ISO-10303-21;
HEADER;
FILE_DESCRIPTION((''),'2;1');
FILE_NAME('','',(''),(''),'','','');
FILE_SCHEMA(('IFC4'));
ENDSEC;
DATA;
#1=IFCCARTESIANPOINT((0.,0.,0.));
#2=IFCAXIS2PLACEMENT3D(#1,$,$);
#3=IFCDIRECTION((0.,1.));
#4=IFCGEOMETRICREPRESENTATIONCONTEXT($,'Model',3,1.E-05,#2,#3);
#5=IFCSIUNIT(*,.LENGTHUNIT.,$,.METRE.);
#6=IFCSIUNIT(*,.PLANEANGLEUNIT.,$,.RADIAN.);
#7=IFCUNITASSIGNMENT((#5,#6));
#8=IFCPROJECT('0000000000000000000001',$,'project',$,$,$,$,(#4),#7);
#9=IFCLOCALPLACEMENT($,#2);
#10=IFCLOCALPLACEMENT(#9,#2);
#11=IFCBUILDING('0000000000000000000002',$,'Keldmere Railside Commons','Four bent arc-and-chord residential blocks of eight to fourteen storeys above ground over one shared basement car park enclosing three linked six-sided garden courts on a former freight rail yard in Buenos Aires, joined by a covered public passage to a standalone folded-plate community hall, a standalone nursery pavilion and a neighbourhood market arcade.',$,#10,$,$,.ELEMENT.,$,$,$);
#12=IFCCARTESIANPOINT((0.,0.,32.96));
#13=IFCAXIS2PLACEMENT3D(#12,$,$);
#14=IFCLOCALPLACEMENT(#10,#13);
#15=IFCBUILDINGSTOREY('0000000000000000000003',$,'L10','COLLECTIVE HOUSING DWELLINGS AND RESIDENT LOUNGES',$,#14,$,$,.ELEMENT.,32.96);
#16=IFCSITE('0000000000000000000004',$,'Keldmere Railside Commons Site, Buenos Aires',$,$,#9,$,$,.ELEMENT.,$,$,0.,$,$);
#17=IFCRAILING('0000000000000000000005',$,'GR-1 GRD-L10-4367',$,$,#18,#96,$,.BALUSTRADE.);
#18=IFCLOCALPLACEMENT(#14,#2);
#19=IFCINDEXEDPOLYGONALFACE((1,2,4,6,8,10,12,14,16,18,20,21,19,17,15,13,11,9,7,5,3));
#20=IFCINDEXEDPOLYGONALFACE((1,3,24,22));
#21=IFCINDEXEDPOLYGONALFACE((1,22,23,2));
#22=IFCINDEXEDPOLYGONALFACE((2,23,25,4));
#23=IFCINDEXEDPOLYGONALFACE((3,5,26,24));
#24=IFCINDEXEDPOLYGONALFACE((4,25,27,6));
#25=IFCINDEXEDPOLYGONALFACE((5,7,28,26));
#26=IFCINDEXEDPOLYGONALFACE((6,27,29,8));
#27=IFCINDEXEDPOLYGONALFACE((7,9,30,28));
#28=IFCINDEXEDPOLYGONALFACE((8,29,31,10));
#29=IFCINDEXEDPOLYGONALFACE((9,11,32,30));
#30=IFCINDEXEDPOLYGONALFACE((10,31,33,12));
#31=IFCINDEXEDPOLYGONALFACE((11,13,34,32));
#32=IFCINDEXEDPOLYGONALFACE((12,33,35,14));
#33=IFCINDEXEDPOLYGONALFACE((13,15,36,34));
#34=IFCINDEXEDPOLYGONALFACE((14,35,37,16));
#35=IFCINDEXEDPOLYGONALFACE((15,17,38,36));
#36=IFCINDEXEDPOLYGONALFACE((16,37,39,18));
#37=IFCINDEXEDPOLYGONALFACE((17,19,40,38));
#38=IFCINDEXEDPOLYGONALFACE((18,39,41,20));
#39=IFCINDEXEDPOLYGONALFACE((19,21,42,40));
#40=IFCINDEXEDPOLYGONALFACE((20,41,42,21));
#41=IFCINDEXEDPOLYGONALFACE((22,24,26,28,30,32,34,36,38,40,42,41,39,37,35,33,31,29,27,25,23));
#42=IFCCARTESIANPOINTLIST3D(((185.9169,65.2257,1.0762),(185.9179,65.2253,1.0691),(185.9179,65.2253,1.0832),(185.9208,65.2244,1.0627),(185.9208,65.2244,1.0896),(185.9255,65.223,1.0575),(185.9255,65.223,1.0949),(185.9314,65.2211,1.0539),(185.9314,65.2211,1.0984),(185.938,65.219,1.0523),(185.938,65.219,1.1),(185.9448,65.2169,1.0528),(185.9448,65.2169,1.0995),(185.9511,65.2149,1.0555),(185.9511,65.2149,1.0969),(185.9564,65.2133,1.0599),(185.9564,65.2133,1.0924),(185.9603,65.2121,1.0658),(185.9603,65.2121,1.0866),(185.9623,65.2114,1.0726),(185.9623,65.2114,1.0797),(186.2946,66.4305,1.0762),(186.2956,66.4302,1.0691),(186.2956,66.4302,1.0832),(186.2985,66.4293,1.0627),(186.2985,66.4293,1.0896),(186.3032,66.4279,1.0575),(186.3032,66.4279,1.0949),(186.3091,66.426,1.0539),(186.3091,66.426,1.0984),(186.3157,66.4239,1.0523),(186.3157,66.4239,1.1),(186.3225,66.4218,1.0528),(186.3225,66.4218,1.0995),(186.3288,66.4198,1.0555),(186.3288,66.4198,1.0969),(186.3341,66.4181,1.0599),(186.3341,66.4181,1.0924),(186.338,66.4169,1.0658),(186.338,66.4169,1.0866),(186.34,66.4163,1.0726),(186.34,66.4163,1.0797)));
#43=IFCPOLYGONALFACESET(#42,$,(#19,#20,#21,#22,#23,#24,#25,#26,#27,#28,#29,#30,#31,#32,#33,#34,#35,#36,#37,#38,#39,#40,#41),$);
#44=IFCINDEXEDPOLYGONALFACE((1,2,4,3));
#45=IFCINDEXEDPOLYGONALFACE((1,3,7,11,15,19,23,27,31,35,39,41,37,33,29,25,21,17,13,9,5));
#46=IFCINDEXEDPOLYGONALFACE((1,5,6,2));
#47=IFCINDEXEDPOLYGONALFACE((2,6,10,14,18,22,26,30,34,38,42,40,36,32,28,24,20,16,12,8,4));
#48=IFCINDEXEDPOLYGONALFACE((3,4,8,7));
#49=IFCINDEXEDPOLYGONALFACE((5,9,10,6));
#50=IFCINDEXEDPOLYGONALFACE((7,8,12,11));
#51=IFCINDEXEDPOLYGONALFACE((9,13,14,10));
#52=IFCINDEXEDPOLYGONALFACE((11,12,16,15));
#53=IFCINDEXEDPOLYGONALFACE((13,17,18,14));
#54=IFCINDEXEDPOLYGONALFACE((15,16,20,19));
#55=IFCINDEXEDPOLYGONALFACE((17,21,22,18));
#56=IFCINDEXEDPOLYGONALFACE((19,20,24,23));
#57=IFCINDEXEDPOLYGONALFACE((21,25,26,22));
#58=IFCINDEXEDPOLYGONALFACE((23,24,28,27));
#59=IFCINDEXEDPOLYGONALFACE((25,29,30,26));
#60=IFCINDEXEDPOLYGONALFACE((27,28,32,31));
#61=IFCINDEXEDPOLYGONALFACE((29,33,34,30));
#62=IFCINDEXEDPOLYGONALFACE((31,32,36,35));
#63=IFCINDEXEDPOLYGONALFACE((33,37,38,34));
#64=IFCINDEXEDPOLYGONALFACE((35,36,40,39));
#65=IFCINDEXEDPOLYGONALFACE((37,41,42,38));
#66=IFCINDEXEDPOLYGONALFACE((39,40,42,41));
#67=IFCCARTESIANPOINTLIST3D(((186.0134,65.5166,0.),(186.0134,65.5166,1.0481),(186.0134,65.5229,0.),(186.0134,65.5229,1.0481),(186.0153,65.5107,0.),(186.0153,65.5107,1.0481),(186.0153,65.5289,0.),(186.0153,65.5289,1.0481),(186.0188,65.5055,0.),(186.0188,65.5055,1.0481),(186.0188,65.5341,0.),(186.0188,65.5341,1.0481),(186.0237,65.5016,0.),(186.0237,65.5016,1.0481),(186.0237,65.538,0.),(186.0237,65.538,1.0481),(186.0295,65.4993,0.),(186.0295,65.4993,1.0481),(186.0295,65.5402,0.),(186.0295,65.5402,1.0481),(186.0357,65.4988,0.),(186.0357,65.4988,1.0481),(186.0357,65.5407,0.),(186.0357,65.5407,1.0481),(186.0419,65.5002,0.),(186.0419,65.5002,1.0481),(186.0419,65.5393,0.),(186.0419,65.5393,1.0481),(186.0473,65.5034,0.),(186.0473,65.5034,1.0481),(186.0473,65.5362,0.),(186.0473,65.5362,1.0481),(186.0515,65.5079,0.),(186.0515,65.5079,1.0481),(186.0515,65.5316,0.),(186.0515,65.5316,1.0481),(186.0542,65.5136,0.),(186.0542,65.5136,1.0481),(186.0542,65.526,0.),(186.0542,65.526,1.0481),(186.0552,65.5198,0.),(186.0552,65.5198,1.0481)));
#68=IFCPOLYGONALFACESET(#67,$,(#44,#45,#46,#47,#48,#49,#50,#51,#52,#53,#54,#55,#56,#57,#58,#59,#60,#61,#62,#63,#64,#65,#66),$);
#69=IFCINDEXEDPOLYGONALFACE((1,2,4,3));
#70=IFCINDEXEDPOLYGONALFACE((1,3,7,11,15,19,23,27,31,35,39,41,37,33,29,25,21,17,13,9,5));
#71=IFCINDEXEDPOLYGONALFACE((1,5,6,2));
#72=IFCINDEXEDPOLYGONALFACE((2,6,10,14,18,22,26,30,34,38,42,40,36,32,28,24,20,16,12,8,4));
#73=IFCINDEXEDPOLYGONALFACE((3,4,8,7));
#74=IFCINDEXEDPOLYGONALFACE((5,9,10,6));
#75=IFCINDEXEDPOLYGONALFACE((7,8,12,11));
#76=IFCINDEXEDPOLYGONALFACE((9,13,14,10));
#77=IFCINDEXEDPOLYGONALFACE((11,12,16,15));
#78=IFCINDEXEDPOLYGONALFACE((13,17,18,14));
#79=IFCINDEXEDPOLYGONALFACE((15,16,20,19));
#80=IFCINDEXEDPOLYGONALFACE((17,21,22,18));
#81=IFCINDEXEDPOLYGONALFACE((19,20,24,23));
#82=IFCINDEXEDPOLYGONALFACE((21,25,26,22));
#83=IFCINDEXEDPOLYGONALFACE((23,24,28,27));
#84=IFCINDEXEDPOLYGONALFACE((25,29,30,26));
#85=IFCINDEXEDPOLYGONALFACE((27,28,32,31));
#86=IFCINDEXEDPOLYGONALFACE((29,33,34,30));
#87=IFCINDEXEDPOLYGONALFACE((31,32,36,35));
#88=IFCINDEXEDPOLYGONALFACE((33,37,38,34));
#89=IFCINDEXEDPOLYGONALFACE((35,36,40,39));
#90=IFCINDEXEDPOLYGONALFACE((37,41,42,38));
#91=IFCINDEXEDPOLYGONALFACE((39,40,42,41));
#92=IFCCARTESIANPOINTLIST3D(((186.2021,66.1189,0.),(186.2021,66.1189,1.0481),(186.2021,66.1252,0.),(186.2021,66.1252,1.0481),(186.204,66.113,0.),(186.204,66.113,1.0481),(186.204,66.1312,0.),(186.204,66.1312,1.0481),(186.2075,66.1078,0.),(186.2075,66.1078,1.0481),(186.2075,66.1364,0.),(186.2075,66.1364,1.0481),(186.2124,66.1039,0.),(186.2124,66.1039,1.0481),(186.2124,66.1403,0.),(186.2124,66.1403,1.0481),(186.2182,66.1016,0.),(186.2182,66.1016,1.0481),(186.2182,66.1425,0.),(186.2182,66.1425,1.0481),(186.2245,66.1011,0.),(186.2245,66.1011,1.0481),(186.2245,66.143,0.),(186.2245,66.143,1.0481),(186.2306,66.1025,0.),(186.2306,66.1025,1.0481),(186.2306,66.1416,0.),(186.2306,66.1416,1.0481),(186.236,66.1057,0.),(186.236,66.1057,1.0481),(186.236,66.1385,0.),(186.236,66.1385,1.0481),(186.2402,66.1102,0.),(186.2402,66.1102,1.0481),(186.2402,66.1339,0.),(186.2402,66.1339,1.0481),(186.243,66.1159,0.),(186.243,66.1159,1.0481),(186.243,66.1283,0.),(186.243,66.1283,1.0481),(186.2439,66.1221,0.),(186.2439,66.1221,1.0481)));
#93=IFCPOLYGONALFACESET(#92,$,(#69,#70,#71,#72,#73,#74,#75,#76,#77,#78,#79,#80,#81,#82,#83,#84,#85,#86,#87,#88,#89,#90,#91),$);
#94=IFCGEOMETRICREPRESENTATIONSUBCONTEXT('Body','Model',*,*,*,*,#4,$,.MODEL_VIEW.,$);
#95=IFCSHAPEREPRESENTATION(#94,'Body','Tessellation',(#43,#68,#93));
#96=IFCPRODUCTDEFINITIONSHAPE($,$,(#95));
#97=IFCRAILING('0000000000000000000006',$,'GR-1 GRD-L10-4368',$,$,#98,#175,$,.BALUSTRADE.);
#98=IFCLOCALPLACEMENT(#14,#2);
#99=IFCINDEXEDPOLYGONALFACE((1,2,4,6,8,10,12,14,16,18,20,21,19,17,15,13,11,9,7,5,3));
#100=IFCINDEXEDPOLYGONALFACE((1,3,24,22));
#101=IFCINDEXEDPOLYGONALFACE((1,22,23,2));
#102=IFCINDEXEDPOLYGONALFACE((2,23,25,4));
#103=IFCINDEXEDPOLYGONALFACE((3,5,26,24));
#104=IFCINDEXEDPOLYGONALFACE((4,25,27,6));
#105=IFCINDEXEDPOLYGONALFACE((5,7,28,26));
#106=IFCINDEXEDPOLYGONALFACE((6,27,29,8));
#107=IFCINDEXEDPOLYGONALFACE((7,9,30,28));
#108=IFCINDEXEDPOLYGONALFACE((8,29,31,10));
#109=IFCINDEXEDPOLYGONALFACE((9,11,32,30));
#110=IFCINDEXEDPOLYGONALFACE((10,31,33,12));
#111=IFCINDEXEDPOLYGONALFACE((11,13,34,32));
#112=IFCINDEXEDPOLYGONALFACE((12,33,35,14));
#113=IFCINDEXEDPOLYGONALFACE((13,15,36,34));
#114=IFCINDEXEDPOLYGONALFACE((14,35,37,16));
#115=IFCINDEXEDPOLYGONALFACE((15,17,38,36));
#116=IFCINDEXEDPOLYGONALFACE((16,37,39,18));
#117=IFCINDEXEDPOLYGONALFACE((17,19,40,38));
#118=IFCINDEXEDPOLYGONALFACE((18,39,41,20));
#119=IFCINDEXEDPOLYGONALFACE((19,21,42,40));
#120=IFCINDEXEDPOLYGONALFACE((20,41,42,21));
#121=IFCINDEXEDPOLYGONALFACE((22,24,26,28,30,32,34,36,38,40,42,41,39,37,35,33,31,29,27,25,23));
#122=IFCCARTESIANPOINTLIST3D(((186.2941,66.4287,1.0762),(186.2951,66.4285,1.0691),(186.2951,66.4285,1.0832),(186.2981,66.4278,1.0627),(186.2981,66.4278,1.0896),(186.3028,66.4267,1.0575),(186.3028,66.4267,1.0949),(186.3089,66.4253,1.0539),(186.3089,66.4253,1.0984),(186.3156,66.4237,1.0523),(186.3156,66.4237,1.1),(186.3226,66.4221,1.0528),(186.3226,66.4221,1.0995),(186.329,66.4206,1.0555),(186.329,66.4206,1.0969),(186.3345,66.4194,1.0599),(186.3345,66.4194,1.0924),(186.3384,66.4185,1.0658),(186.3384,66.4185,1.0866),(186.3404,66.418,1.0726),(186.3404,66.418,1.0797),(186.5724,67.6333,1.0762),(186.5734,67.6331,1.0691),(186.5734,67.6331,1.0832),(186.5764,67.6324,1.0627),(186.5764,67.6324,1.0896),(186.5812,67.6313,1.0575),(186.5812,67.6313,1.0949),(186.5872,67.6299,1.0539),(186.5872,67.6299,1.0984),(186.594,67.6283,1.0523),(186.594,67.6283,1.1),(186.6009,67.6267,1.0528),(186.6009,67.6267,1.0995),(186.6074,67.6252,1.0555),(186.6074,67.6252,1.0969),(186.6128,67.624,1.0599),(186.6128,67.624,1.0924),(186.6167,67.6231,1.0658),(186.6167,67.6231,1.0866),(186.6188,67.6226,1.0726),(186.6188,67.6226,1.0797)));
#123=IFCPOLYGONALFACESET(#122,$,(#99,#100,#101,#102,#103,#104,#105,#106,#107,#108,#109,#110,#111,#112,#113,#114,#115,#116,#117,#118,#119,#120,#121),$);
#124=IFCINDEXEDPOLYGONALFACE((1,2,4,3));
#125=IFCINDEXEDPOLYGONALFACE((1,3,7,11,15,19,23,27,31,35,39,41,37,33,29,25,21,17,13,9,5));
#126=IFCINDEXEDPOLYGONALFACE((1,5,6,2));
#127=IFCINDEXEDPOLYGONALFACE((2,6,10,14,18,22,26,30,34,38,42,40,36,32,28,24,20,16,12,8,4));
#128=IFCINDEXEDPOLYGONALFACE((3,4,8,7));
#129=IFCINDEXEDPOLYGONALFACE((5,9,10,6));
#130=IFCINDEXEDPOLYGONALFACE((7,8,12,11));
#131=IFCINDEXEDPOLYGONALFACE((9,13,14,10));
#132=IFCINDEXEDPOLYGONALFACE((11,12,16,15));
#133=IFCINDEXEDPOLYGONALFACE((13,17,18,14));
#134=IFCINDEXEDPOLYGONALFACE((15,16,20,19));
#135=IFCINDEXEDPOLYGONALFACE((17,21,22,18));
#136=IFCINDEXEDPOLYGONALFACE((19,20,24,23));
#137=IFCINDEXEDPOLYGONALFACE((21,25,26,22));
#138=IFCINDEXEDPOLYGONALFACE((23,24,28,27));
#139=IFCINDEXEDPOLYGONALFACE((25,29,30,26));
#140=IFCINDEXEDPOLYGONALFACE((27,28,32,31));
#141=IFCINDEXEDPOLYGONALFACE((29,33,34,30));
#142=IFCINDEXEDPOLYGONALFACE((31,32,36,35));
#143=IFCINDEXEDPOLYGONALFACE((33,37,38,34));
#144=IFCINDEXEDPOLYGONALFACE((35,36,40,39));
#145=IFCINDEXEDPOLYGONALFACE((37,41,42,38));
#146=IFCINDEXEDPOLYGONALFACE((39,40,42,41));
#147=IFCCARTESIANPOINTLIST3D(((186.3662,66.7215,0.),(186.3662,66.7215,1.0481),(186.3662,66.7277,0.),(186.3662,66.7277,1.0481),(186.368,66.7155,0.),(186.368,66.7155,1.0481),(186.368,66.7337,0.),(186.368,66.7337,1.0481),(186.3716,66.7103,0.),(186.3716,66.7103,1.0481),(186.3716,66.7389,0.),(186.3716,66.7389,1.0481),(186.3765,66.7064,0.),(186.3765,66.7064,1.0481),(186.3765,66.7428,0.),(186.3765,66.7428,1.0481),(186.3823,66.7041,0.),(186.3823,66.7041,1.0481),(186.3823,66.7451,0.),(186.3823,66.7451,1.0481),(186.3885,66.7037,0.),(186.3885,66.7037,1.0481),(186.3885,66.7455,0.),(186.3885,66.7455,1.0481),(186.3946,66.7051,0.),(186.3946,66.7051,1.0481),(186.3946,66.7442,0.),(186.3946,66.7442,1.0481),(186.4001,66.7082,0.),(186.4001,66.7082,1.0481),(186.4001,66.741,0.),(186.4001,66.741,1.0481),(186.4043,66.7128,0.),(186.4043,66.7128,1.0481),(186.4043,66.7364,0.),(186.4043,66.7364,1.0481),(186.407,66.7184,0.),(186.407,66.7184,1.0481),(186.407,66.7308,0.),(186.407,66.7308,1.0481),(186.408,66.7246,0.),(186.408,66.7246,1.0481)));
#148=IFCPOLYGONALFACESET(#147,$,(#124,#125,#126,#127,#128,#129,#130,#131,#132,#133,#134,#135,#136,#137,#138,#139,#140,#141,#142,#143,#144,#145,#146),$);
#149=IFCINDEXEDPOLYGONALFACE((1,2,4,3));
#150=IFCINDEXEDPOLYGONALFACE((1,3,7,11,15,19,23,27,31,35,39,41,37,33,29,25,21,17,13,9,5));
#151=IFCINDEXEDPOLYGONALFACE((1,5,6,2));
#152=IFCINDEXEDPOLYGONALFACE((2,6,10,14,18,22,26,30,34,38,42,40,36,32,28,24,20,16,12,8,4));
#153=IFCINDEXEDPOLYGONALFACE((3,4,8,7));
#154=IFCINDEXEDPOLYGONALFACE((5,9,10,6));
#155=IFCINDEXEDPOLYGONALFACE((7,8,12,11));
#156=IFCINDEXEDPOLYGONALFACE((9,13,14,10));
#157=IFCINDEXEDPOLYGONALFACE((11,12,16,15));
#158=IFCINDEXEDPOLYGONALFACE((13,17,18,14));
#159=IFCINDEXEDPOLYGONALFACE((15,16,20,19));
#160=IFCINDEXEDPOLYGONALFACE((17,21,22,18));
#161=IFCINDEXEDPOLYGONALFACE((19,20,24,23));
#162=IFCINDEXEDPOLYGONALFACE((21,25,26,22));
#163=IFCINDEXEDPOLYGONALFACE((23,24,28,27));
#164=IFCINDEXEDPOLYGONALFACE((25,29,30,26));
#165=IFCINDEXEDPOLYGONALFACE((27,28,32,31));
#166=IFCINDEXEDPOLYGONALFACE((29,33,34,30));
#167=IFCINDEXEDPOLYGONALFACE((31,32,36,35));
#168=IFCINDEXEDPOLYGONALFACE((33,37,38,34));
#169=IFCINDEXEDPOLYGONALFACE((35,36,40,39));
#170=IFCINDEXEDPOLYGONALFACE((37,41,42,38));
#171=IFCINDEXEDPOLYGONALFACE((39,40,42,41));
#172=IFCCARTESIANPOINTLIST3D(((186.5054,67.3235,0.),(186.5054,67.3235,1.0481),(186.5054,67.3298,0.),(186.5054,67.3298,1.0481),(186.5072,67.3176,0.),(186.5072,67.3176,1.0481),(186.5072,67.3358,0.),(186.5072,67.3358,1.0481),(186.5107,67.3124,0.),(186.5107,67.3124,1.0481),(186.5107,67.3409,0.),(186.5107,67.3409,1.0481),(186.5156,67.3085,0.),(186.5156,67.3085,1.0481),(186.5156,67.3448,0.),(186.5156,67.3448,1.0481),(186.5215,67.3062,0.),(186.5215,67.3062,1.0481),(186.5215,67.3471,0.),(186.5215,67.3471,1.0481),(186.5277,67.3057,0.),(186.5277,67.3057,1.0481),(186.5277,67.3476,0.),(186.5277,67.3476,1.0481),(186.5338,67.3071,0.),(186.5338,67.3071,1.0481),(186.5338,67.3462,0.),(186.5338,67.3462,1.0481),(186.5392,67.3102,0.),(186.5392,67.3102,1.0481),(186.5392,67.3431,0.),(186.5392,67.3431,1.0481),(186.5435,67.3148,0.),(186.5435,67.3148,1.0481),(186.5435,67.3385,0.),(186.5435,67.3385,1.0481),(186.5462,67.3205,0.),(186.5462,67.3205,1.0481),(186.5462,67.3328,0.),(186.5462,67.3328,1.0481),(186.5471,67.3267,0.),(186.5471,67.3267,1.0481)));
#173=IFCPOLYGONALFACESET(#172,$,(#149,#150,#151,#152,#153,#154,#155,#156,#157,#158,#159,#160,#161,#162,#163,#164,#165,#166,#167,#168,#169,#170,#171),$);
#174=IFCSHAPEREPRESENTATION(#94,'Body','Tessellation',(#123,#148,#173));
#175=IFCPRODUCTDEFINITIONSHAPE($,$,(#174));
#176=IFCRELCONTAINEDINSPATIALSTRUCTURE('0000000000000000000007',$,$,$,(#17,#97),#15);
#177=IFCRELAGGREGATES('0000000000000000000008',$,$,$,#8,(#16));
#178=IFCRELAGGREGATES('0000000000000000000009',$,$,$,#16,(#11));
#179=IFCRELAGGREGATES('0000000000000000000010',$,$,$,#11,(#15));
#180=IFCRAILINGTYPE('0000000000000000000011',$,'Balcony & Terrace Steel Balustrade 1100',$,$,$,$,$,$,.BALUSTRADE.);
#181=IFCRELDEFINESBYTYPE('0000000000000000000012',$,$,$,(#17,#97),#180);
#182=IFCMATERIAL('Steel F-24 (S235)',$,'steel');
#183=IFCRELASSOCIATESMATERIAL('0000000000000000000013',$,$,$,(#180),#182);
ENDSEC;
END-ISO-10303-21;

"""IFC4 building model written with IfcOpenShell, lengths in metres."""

from ifc_helpers import new_model, si_unit, direction, frame, origin, origin_2d, place, context, subcontext, project, spatial, circle, extrude, material, type_object, element, save


model = new_model("IFC4")

# Units and contexts
model_context = context("Model", 3, precision=1e-05, world=origin(), true_north=direction((0.0, 1.0)))
body_context = subcontext(model_context, "Body", "Model", "MODEL_VIEW")
ifc_project = project(units=[si_unit("LENGTHUNIT", "METRE"), si_unit("PLANEANGLEUNIT", "RADIAN")], contexts=[model_context])

# Site, building, storey
site_placement = place(None, origin())
site = spatial("IfcSite", under=ifc_project, at=site_placement, Name="Keldmere Railside Commons Site, Buenos Aires", CompositionType="ELEMENT", RefElevation=0.0)
building_placement = place(site_placement, origin())
building = spatial("IfcBuilding", under=site, at=building_placement, Name="Keldmere Railside Commons", Description="Four bent arc-and-chord residential blocks of eight to fourteen storeys above ground over one shared basement car park enclosing three linked six-sided garden courts on a former freight rail yard in Buenos Aires, joined by a covered public passage to a standalone folded-plate community hall, a standalone nursery pavilion and a neighbourhood market arcade.", CompositionType="ELEMENT")
storey_placement = place(building_placement, frame((0.0, 0.0, 32.96)))
storey = spatial("IfcBuildingStorey", under=building, at=storey_placement, Name="L10", Description="COLLECTIVE HOUSING DWELLINGS AND RESIDENT LOUNGES", CompositionType="ELEMENT", Elevation=32.96)

# Railings
ifc_material_1 = material(Name="Steel F-24 (S235)", Category="steel")
railing_type_1 = type_object("IfcRailingType", Name="Balcony & Terrace Steel Balustrade 1100", PredefinedType="BALUSTRADE", material=ifc_material_1)
railing_1_placement = place(storey_placement, frame((185.9397, 65.2185, 0.0)))
element("IfcRailing", 1, at=railing_1_placement, inside=storey, type_object=railing_type_1, Name="GR-1 GRD-L10-4367", PredefinedType="BALUSTRADE", context=body_context, shape_type="SweptSolid", body=[
    extrude(circle(Radius=0.0239, at=origin_2d()), frame((0.0, 0.0, 1.0762), z_axis=(0.299123, 0.954215, 0.0), x_axis=(-0.954215, 0.299123, 0.0)), (0.0, 0.0, 1.0), 1.2627),
    extrude(circle(Radius=0.021, at=origin_2d()), frame((0.0945, 0.3013, 0.0)), (0.0, 0.0, 1.0), 1.0481),
    extrude(circle(Radius=0.021, at=origin_2d()), frame((0.2832, 0.9036, 0.0)), (0.0, 0.0, 1.0), 1.0481),
])
railing_2_placement = place(storey_placement, frame((186.3174, 66.4233, 0.0)))
element("IfcRailing", 2, at=railing_2_placement, inside=storey, type_object=railing_type_1, Name="GR-1 GRD-L10-4368", PredefinedType="BALUSTRADE", context=body_context, shape_type="SweptSolid", body=[
    extrude(circle(Radius=0.0239, at=origin_2d()), frame((0.0, 0.0, 1.0762), z_axis=(0.225119, 0.974331, 0.0), x_axis=(-0.974331, 0.225119, 0.0)), (0.0, 0.0, 1.0), 1.2363),
    extrude(circle(Radius=0.021, at=origin_2d()), frame((0.0696, 0.3013, 0.0)), (0.0, 0.0, 1.0), 1.0481),
    extrude(circle(Radius=0.021, at=origin_2d()), frame((0.2087, 0.9033, 0.0)), (0.0, 0.0, 1.0), 1.0481),
])

save(model, "model.ifc")
